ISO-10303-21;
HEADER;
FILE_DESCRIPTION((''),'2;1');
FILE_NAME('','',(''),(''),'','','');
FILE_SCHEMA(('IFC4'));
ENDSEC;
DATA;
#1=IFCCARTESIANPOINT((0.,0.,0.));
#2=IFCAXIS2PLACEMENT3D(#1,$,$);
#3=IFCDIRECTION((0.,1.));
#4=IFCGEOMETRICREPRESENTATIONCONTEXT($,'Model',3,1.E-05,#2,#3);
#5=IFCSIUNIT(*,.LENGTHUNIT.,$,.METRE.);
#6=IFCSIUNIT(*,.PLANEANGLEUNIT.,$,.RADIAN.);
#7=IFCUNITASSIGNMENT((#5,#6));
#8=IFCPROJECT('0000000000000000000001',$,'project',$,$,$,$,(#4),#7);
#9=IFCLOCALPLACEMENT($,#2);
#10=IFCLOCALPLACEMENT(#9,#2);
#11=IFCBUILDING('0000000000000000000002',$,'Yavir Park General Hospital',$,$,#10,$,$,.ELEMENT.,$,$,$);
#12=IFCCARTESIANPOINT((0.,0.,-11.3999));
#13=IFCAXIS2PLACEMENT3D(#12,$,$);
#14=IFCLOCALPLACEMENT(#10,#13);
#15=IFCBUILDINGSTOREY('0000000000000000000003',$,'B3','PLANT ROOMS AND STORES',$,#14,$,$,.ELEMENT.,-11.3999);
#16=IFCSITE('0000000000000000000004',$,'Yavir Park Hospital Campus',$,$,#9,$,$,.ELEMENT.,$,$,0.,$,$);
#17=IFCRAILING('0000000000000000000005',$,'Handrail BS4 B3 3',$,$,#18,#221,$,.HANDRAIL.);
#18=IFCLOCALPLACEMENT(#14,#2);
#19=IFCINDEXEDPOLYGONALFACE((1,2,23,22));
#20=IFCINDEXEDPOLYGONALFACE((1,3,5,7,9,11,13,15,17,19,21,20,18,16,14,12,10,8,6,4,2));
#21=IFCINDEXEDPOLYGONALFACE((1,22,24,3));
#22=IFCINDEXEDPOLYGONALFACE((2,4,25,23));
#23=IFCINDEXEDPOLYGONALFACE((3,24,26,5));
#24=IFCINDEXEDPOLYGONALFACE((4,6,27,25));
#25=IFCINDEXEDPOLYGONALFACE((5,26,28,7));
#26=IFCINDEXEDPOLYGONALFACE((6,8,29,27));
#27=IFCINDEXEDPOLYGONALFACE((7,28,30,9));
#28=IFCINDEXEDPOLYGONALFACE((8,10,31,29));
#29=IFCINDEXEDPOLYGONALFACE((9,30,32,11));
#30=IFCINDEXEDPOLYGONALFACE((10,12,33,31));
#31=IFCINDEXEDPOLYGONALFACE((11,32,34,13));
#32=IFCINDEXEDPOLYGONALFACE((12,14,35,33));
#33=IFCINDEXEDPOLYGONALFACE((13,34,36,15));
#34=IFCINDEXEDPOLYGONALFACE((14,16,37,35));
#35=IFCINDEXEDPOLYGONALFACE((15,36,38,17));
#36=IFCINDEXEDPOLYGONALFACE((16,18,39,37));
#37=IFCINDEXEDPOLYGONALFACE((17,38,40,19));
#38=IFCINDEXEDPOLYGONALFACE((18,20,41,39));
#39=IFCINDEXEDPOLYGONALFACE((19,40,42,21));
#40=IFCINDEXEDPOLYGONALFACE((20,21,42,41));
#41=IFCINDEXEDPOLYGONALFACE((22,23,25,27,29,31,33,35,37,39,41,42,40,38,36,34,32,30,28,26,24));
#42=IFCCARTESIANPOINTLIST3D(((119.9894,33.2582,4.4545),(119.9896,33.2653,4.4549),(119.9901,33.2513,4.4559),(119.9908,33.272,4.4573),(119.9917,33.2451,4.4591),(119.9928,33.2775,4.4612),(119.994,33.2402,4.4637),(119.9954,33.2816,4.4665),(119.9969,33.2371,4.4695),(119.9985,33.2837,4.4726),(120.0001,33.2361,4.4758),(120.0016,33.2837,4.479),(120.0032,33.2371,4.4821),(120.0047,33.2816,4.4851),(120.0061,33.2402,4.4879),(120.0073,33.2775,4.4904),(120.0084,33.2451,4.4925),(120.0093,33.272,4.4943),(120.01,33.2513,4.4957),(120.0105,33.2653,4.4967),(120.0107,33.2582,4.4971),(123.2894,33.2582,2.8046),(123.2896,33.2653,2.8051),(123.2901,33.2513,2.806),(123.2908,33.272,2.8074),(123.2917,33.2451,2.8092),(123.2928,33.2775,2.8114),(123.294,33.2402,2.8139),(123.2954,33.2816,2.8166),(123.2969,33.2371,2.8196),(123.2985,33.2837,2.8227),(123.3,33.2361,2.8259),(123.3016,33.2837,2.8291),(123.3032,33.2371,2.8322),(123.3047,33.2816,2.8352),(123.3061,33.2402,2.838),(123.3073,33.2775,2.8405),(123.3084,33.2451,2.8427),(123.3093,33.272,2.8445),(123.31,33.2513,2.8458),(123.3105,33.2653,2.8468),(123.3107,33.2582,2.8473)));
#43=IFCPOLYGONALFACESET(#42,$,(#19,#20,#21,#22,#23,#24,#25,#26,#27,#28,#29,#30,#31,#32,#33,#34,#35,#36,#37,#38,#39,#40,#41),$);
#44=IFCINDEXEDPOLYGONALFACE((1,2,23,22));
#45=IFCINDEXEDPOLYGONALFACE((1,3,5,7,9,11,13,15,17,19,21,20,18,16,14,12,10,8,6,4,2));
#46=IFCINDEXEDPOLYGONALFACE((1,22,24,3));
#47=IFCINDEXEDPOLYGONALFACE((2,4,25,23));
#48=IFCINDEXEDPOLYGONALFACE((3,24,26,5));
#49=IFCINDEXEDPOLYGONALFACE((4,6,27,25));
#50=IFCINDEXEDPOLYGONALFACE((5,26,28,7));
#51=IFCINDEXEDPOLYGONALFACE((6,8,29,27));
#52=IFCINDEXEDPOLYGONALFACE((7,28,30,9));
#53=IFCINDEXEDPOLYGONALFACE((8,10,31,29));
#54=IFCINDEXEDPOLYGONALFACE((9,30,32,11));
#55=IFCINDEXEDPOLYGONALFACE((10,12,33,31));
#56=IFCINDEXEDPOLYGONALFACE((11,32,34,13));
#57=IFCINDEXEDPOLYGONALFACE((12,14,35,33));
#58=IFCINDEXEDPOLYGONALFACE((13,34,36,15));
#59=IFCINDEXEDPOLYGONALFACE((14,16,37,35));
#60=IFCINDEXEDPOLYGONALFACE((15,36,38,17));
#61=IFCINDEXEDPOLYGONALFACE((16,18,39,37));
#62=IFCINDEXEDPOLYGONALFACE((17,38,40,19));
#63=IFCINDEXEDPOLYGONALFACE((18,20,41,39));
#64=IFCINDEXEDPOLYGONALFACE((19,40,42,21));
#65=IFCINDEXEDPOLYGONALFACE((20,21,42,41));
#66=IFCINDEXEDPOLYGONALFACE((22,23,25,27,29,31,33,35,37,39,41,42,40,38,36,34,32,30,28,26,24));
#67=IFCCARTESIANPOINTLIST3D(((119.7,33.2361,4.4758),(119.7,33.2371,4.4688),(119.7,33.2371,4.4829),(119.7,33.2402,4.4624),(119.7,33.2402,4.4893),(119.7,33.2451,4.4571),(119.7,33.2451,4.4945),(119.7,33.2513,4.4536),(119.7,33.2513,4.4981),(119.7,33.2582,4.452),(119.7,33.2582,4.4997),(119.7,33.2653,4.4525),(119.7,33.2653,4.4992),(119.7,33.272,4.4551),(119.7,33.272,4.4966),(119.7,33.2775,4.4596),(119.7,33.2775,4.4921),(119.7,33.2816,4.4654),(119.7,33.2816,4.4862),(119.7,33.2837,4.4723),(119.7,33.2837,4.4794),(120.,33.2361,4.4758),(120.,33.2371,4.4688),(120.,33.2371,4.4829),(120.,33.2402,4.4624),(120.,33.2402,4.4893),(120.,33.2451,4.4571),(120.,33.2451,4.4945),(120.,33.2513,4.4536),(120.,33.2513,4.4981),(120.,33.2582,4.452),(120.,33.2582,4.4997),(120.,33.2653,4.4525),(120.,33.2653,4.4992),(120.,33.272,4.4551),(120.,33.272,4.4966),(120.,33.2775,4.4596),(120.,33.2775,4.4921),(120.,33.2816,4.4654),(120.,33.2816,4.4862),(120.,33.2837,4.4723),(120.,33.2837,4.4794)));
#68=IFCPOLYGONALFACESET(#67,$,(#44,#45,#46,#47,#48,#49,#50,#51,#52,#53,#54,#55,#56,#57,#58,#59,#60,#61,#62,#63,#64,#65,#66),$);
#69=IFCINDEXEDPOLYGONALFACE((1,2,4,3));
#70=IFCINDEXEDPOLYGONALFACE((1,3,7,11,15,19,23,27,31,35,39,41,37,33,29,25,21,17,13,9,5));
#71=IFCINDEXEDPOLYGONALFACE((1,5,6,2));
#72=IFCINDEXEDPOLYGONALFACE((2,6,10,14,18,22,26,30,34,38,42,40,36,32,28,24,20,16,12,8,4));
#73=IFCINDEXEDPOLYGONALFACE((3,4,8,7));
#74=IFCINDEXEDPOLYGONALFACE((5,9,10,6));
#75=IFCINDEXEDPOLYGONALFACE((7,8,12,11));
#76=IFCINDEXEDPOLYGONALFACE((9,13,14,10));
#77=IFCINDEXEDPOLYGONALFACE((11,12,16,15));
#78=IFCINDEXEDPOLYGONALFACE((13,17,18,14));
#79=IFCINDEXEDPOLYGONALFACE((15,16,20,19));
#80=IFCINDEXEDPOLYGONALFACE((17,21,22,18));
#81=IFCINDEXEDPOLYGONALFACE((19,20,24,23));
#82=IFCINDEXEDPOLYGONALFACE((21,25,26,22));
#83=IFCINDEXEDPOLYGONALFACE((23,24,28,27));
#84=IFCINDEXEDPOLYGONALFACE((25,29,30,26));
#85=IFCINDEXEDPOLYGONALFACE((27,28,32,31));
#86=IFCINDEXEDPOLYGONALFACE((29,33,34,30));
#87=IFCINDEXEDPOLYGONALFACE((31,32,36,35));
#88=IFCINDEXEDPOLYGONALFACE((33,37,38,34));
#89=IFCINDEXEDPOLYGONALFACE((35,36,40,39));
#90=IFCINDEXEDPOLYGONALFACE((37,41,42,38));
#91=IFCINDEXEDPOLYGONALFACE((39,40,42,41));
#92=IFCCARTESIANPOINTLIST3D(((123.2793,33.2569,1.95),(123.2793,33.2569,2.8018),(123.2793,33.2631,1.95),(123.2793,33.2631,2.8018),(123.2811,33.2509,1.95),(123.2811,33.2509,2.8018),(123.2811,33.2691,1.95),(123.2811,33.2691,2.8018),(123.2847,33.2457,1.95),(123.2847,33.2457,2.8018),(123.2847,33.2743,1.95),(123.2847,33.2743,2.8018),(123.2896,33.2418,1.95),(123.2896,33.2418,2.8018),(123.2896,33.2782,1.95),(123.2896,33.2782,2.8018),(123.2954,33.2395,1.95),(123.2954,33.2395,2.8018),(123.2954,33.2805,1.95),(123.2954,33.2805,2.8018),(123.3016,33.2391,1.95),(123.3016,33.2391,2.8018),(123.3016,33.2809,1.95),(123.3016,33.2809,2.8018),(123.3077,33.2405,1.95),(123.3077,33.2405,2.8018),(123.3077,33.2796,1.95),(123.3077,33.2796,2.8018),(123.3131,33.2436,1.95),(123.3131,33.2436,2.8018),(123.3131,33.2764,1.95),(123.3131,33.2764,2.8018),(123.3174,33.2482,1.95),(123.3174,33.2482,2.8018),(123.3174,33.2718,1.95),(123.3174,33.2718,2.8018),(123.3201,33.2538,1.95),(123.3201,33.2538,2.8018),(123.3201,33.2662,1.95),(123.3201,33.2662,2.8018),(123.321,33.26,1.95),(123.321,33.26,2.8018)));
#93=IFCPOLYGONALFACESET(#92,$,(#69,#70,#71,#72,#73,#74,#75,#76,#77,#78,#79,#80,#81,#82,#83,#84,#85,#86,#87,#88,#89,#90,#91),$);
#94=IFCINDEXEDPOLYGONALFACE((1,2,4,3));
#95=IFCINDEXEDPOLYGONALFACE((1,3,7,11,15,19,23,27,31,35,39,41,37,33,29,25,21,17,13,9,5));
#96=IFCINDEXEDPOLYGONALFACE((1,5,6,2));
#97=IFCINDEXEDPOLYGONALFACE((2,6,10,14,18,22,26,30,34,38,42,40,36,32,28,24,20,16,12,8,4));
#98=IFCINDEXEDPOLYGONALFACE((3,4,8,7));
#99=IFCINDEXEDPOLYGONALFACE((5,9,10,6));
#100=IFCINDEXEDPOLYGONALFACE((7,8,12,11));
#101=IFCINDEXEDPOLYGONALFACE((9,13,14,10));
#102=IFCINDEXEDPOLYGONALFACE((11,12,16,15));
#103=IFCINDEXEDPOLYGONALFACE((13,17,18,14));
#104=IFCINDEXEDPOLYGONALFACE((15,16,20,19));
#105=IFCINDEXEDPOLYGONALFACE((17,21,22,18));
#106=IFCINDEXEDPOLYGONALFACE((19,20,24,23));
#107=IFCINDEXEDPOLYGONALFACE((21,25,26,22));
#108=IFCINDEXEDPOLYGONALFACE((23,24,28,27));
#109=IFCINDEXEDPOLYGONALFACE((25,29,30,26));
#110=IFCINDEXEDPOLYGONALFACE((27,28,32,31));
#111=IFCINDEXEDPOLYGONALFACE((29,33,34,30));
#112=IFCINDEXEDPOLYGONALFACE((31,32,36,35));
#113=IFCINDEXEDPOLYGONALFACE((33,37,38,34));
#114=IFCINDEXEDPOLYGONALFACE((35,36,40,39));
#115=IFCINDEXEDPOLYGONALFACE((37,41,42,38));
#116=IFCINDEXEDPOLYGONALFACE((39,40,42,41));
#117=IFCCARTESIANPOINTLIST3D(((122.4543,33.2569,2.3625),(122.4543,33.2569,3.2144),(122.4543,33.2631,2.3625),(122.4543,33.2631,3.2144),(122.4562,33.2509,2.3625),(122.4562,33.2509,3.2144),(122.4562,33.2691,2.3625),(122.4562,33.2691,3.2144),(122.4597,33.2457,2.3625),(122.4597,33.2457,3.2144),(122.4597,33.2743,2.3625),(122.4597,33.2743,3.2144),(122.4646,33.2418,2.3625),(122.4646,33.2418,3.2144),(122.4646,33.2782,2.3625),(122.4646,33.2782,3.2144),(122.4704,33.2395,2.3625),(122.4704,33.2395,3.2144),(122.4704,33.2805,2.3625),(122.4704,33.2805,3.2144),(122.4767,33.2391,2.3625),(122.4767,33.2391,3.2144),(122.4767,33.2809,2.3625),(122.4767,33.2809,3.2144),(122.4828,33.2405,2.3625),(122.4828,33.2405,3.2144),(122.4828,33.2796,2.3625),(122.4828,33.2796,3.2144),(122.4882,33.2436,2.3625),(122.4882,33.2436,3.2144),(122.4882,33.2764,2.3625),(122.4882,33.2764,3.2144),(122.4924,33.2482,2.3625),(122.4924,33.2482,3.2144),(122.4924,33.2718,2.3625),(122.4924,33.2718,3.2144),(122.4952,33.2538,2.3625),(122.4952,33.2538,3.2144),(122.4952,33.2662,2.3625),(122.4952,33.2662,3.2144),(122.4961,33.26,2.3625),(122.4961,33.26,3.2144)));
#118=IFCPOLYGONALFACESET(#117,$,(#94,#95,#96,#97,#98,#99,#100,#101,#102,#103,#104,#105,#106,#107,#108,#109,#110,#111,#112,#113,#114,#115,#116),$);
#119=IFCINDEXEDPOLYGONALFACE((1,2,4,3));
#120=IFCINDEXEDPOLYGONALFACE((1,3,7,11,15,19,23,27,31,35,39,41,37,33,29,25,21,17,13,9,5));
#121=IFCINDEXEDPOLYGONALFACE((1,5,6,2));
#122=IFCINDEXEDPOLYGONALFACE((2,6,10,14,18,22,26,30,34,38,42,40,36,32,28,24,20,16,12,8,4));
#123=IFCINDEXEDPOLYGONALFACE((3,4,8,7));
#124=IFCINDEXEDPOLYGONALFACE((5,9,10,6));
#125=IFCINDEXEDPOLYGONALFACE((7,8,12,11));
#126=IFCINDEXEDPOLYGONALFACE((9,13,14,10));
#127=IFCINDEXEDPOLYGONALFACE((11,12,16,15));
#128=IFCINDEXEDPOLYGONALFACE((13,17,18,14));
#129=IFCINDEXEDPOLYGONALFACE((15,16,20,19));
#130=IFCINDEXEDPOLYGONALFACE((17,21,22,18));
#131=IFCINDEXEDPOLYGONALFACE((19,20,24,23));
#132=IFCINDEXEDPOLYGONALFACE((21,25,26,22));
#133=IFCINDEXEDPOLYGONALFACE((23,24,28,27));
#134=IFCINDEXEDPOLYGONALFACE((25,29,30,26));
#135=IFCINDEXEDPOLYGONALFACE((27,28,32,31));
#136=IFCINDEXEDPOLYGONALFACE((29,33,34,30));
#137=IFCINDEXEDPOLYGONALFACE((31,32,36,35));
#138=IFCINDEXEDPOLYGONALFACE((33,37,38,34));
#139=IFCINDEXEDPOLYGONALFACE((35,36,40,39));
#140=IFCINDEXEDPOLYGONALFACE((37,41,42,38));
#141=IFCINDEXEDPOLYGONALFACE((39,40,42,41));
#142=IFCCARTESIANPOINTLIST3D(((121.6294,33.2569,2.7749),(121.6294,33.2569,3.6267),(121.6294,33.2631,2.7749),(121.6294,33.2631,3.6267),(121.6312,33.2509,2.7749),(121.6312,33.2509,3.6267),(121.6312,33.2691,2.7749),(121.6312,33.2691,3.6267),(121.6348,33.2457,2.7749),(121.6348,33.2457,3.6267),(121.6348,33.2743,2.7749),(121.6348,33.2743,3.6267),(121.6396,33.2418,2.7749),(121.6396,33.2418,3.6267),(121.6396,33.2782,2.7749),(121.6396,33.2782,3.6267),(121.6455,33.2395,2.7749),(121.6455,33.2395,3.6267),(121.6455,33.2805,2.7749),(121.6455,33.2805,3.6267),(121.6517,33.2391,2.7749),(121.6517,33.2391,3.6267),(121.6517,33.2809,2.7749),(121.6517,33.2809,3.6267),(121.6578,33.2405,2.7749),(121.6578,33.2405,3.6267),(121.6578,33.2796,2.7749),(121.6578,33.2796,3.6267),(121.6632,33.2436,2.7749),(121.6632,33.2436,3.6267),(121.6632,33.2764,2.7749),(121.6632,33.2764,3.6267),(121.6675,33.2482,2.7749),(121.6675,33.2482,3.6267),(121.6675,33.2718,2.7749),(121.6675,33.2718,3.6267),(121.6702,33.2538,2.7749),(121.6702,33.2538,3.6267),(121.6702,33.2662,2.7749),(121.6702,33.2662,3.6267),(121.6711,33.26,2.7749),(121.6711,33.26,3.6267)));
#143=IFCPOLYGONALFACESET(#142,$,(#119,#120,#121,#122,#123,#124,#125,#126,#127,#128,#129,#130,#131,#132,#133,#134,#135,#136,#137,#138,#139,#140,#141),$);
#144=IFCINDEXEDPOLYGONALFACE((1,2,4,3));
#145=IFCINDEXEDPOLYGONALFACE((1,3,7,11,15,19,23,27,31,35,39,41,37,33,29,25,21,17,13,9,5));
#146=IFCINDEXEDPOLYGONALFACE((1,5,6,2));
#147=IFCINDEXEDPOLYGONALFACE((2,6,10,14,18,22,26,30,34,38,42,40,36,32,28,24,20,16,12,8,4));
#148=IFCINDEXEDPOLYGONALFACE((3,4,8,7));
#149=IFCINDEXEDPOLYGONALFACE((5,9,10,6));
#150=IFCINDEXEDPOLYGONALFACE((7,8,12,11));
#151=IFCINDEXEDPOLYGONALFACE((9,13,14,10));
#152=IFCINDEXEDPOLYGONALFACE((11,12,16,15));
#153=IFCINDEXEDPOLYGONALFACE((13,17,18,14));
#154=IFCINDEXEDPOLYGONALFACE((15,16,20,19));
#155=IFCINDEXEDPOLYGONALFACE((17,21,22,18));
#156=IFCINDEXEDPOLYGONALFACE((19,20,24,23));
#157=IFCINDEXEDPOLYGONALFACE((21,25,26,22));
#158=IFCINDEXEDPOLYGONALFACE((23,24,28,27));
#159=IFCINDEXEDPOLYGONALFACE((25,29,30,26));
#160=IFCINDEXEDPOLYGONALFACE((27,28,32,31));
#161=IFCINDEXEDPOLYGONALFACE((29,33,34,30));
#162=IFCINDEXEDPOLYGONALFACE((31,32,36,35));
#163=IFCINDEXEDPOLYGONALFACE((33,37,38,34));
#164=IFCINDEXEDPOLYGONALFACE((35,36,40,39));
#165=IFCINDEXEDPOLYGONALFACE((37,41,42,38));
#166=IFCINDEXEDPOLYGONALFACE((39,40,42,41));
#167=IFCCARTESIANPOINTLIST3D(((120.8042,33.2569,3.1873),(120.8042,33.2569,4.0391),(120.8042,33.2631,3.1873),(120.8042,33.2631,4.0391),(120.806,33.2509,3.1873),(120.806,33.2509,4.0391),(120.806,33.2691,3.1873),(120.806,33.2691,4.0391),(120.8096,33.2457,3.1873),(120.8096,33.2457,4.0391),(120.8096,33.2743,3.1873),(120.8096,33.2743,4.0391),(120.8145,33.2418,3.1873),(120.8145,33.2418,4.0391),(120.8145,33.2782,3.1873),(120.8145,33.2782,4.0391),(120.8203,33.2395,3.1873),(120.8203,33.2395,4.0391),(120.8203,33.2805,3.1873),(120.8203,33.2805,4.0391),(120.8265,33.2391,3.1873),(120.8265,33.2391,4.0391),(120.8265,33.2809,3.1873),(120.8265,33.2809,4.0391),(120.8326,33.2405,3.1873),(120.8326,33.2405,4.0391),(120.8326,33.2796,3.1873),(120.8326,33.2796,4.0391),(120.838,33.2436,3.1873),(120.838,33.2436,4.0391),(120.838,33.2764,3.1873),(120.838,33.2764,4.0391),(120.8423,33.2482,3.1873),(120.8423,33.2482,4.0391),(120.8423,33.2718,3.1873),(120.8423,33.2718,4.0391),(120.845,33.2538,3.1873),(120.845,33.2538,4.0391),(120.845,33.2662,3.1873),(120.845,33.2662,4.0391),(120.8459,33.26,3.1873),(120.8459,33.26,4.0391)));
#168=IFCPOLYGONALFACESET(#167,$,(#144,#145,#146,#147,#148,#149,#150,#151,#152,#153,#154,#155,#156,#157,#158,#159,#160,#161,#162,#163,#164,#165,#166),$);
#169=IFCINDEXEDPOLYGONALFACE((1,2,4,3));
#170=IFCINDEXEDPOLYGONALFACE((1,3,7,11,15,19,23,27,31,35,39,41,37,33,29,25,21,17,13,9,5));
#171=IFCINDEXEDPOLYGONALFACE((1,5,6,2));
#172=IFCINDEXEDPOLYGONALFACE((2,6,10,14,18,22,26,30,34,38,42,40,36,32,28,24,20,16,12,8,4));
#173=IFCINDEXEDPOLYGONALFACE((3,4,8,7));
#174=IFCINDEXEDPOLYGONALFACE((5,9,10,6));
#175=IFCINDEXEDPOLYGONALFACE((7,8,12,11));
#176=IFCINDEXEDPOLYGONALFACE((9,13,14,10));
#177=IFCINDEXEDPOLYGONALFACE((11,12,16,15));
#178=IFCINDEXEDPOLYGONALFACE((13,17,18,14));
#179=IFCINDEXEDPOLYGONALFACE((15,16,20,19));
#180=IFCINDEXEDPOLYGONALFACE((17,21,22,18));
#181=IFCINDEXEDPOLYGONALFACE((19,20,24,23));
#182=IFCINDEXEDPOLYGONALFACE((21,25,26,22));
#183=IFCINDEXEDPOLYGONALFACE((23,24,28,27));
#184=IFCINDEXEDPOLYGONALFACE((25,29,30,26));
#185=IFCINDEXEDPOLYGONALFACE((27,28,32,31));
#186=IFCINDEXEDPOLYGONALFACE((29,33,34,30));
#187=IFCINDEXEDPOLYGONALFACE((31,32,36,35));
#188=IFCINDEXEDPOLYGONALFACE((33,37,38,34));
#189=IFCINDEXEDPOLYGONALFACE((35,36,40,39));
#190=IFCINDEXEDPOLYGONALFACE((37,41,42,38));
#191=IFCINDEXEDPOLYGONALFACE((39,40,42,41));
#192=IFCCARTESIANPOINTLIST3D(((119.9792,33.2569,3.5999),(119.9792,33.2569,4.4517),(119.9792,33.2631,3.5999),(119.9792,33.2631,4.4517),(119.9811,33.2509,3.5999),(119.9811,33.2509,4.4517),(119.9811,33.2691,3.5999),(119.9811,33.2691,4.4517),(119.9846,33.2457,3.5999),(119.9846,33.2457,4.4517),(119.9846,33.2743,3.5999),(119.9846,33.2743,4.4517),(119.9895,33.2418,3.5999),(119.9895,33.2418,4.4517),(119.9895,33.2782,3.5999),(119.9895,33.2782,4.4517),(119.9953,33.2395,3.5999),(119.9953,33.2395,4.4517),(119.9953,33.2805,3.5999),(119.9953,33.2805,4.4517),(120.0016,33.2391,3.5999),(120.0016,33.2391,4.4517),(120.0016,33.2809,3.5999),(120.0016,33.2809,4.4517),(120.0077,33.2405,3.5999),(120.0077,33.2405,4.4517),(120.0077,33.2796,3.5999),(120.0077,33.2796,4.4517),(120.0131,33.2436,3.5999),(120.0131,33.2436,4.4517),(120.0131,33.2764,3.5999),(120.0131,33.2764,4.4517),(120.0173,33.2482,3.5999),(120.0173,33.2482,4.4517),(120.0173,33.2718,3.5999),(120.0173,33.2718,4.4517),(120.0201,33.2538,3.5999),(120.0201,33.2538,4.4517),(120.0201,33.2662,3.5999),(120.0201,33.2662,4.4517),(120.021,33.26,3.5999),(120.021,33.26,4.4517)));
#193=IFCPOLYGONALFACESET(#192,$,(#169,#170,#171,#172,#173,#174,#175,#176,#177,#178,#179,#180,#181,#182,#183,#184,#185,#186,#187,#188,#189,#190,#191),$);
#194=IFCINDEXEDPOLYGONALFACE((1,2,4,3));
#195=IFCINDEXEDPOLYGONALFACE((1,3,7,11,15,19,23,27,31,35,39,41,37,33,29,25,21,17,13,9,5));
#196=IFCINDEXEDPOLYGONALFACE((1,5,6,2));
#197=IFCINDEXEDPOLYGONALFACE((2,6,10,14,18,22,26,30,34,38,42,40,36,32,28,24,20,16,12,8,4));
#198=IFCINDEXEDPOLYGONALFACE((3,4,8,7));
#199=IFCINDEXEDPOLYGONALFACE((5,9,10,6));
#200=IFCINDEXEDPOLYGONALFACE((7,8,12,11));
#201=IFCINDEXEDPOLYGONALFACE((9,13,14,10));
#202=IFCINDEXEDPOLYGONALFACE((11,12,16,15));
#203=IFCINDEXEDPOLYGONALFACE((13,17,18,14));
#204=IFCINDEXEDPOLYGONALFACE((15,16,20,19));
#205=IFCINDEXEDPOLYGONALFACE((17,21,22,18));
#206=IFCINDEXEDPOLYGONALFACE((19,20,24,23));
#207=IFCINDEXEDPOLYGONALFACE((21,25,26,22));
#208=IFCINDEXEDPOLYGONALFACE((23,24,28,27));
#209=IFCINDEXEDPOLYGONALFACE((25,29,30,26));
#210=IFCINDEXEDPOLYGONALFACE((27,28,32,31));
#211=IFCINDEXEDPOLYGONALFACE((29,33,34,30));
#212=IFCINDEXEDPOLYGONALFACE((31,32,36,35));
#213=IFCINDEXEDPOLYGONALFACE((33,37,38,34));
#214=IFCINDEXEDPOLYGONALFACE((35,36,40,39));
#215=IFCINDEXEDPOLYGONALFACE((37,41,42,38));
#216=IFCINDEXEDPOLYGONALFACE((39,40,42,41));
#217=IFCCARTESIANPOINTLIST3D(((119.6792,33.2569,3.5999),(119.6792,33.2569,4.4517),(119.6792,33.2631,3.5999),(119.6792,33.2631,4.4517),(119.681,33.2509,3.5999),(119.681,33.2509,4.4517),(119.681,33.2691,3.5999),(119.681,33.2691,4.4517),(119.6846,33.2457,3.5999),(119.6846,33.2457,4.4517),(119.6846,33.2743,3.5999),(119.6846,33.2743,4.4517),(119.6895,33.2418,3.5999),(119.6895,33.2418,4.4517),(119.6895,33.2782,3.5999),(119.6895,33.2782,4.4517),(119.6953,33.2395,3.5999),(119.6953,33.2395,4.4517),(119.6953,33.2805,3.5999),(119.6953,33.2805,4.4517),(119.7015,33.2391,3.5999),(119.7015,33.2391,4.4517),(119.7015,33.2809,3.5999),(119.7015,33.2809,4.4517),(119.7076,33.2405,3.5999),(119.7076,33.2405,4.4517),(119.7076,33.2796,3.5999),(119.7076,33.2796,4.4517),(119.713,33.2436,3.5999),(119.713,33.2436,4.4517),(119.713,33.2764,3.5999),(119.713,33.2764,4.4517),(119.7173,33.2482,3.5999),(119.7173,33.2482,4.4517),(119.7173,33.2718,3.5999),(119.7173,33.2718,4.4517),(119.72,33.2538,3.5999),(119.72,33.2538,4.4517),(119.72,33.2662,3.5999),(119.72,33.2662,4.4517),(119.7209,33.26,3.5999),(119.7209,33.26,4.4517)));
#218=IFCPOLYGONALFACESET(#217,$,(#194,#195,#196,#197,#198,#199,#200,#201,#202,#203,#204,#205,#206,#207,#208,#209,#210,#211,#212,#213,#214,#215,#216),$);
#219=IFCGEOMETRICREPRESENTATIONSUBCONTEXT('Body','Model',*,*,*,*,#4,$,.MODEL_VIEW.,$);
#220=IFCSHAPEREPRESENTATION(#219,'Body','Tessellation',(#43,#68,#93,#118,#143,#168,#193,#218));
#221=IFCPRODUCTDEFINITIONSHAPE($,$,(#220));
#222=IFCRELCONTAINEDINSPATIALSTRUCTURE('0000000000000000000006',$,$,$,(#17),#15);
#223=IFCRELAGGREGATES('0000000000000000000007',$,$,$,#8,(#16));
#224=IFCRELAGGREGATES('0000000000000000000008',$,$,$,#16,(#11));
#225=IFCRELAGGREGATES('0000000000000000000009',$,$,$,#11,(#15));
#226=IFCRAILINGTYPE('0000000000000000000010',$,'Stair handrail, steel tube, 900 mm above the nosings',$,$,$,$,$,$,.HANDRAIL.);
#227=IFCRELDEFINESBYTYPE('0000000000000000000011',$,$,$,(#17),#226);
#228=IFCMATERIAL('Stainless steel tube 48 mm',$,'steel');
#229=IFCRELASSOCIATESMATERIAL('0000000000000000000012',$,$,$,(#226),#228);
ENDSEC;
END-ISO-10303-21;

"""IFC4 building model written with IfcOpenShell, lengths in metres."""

from ifc_helpers import new_model, si_unit, direction, frame, origin, origin_2d, place, context, subcontext, project, spatial, circle, extrude, material, type_object, element, save


model = new_model("IFC4")

# Units and contexts
model_context = context("Model", 3, precision=1e-05, world=origin(), true_north=direction((0.0, 1.0)))
body_context = subcontext(model_context, "Body", "Model", "MODEL_VIEW")
ifc_project = project(units=[si_unit("LENGTHUNIT", "METRE"), si_unit("PLANEANGLEUNIT", "RADIAN")], contexts=[model_context])

# Site, building, storey
site_placement = place(None, origin())
site = spatial("IfcSite", under=ifc_project, at=site_placement, Name="Yavir Park Hospital Campus", CompositionType="ELEMENT", RefElevation=0.0)
building_placement = place(site_placement, origin())
building = spatial("IfcBuilding", under=site, at=building_placement, Name="Yavir Park General Hospital", CompositionType="ELEMENT")
storey_placement = place(building_placement, frame((0.0, 0.0, -11.3999)))
storey = spatial("IfcBuildingStorey", under=building, at=storey_placement, Name="B3", Description="PLANT ROOMS AND STORES", CompositionType="ELEMENT", Elevation=-11.3999)

# Railing
ifc_material_1 = material(Name="Stainless steel tube 48 mm", Category="steel")
railing_type_1 = type_object("IfcRailingType", Name="Stair handrail, steel tube, 900 mm above the nosings", PredefinedType="HANDRAIL", material=ifc_material_1)
railing_1_placement = place(storey_placement, frame((123.3, 33.26, 1.95)))
element("IfcRailing", 1, at=railing_1_placement, inside=storey, type_object=railing_type_1, Name="Handrail BS4 B3 3", PredefinedType="HANDRAIL", context=body_context, shape_type="SweptSolid", body=[
    extrude(circle(Radius=0.0239, at=origin_2d()), frame((0.0, 0.0, 0.876), z_axis=(-0.89444, 0.0, 0.447187), x_axis=(0.0, -1.0, 0.0)), (0.0, 0.0, 1.0), 3.6895),
    extrude(circle(Radius=0.0239, at=origin_2d()), frame((-3.3, 0.0, 2.5259), z_axis=(-1.0, 0.0, 0.0), x_axis=(0.0, -1.0, 0.0)), (0.0, 0.0, 1.0), 0.3),
    extrude(circle(Radius=0.021, at=origin_2d()), origin(), (0.0, 0.0, 1.0), 0.8518),
    extrude(circle(Radius=0.021, at=origin_2d()), frame((-0.825, 0.0, 0.4126)), (0.0, 0.0, 1.0), 0.8518),
    extrude(circle(Radius=0.021, at=origin_2d()), frame((-1.6499, 0.0, 0.825)), (0.0, 0.0, 1.0), 0.8518),
    extrude(circle(Radius=0.021, at=origin_2d()), frame((-2.4751, 0.0, 1.2373)), (0.0, 0.0, 1.0), 0.8518),
    extrude(circle(Radius=0.021, at=origin_2d()), frame((-3.3, 0.0, 1.6499)), (0.0, 0.0, 1.0), 0.8518),
    extrude(circle(Radius=0.021, at=origin_2d()), frame((-3.6001, 0.0, 1.6499)), (0.0, 0.0, 1.0), 0.8518),
])

save(model, "model.ifc")
